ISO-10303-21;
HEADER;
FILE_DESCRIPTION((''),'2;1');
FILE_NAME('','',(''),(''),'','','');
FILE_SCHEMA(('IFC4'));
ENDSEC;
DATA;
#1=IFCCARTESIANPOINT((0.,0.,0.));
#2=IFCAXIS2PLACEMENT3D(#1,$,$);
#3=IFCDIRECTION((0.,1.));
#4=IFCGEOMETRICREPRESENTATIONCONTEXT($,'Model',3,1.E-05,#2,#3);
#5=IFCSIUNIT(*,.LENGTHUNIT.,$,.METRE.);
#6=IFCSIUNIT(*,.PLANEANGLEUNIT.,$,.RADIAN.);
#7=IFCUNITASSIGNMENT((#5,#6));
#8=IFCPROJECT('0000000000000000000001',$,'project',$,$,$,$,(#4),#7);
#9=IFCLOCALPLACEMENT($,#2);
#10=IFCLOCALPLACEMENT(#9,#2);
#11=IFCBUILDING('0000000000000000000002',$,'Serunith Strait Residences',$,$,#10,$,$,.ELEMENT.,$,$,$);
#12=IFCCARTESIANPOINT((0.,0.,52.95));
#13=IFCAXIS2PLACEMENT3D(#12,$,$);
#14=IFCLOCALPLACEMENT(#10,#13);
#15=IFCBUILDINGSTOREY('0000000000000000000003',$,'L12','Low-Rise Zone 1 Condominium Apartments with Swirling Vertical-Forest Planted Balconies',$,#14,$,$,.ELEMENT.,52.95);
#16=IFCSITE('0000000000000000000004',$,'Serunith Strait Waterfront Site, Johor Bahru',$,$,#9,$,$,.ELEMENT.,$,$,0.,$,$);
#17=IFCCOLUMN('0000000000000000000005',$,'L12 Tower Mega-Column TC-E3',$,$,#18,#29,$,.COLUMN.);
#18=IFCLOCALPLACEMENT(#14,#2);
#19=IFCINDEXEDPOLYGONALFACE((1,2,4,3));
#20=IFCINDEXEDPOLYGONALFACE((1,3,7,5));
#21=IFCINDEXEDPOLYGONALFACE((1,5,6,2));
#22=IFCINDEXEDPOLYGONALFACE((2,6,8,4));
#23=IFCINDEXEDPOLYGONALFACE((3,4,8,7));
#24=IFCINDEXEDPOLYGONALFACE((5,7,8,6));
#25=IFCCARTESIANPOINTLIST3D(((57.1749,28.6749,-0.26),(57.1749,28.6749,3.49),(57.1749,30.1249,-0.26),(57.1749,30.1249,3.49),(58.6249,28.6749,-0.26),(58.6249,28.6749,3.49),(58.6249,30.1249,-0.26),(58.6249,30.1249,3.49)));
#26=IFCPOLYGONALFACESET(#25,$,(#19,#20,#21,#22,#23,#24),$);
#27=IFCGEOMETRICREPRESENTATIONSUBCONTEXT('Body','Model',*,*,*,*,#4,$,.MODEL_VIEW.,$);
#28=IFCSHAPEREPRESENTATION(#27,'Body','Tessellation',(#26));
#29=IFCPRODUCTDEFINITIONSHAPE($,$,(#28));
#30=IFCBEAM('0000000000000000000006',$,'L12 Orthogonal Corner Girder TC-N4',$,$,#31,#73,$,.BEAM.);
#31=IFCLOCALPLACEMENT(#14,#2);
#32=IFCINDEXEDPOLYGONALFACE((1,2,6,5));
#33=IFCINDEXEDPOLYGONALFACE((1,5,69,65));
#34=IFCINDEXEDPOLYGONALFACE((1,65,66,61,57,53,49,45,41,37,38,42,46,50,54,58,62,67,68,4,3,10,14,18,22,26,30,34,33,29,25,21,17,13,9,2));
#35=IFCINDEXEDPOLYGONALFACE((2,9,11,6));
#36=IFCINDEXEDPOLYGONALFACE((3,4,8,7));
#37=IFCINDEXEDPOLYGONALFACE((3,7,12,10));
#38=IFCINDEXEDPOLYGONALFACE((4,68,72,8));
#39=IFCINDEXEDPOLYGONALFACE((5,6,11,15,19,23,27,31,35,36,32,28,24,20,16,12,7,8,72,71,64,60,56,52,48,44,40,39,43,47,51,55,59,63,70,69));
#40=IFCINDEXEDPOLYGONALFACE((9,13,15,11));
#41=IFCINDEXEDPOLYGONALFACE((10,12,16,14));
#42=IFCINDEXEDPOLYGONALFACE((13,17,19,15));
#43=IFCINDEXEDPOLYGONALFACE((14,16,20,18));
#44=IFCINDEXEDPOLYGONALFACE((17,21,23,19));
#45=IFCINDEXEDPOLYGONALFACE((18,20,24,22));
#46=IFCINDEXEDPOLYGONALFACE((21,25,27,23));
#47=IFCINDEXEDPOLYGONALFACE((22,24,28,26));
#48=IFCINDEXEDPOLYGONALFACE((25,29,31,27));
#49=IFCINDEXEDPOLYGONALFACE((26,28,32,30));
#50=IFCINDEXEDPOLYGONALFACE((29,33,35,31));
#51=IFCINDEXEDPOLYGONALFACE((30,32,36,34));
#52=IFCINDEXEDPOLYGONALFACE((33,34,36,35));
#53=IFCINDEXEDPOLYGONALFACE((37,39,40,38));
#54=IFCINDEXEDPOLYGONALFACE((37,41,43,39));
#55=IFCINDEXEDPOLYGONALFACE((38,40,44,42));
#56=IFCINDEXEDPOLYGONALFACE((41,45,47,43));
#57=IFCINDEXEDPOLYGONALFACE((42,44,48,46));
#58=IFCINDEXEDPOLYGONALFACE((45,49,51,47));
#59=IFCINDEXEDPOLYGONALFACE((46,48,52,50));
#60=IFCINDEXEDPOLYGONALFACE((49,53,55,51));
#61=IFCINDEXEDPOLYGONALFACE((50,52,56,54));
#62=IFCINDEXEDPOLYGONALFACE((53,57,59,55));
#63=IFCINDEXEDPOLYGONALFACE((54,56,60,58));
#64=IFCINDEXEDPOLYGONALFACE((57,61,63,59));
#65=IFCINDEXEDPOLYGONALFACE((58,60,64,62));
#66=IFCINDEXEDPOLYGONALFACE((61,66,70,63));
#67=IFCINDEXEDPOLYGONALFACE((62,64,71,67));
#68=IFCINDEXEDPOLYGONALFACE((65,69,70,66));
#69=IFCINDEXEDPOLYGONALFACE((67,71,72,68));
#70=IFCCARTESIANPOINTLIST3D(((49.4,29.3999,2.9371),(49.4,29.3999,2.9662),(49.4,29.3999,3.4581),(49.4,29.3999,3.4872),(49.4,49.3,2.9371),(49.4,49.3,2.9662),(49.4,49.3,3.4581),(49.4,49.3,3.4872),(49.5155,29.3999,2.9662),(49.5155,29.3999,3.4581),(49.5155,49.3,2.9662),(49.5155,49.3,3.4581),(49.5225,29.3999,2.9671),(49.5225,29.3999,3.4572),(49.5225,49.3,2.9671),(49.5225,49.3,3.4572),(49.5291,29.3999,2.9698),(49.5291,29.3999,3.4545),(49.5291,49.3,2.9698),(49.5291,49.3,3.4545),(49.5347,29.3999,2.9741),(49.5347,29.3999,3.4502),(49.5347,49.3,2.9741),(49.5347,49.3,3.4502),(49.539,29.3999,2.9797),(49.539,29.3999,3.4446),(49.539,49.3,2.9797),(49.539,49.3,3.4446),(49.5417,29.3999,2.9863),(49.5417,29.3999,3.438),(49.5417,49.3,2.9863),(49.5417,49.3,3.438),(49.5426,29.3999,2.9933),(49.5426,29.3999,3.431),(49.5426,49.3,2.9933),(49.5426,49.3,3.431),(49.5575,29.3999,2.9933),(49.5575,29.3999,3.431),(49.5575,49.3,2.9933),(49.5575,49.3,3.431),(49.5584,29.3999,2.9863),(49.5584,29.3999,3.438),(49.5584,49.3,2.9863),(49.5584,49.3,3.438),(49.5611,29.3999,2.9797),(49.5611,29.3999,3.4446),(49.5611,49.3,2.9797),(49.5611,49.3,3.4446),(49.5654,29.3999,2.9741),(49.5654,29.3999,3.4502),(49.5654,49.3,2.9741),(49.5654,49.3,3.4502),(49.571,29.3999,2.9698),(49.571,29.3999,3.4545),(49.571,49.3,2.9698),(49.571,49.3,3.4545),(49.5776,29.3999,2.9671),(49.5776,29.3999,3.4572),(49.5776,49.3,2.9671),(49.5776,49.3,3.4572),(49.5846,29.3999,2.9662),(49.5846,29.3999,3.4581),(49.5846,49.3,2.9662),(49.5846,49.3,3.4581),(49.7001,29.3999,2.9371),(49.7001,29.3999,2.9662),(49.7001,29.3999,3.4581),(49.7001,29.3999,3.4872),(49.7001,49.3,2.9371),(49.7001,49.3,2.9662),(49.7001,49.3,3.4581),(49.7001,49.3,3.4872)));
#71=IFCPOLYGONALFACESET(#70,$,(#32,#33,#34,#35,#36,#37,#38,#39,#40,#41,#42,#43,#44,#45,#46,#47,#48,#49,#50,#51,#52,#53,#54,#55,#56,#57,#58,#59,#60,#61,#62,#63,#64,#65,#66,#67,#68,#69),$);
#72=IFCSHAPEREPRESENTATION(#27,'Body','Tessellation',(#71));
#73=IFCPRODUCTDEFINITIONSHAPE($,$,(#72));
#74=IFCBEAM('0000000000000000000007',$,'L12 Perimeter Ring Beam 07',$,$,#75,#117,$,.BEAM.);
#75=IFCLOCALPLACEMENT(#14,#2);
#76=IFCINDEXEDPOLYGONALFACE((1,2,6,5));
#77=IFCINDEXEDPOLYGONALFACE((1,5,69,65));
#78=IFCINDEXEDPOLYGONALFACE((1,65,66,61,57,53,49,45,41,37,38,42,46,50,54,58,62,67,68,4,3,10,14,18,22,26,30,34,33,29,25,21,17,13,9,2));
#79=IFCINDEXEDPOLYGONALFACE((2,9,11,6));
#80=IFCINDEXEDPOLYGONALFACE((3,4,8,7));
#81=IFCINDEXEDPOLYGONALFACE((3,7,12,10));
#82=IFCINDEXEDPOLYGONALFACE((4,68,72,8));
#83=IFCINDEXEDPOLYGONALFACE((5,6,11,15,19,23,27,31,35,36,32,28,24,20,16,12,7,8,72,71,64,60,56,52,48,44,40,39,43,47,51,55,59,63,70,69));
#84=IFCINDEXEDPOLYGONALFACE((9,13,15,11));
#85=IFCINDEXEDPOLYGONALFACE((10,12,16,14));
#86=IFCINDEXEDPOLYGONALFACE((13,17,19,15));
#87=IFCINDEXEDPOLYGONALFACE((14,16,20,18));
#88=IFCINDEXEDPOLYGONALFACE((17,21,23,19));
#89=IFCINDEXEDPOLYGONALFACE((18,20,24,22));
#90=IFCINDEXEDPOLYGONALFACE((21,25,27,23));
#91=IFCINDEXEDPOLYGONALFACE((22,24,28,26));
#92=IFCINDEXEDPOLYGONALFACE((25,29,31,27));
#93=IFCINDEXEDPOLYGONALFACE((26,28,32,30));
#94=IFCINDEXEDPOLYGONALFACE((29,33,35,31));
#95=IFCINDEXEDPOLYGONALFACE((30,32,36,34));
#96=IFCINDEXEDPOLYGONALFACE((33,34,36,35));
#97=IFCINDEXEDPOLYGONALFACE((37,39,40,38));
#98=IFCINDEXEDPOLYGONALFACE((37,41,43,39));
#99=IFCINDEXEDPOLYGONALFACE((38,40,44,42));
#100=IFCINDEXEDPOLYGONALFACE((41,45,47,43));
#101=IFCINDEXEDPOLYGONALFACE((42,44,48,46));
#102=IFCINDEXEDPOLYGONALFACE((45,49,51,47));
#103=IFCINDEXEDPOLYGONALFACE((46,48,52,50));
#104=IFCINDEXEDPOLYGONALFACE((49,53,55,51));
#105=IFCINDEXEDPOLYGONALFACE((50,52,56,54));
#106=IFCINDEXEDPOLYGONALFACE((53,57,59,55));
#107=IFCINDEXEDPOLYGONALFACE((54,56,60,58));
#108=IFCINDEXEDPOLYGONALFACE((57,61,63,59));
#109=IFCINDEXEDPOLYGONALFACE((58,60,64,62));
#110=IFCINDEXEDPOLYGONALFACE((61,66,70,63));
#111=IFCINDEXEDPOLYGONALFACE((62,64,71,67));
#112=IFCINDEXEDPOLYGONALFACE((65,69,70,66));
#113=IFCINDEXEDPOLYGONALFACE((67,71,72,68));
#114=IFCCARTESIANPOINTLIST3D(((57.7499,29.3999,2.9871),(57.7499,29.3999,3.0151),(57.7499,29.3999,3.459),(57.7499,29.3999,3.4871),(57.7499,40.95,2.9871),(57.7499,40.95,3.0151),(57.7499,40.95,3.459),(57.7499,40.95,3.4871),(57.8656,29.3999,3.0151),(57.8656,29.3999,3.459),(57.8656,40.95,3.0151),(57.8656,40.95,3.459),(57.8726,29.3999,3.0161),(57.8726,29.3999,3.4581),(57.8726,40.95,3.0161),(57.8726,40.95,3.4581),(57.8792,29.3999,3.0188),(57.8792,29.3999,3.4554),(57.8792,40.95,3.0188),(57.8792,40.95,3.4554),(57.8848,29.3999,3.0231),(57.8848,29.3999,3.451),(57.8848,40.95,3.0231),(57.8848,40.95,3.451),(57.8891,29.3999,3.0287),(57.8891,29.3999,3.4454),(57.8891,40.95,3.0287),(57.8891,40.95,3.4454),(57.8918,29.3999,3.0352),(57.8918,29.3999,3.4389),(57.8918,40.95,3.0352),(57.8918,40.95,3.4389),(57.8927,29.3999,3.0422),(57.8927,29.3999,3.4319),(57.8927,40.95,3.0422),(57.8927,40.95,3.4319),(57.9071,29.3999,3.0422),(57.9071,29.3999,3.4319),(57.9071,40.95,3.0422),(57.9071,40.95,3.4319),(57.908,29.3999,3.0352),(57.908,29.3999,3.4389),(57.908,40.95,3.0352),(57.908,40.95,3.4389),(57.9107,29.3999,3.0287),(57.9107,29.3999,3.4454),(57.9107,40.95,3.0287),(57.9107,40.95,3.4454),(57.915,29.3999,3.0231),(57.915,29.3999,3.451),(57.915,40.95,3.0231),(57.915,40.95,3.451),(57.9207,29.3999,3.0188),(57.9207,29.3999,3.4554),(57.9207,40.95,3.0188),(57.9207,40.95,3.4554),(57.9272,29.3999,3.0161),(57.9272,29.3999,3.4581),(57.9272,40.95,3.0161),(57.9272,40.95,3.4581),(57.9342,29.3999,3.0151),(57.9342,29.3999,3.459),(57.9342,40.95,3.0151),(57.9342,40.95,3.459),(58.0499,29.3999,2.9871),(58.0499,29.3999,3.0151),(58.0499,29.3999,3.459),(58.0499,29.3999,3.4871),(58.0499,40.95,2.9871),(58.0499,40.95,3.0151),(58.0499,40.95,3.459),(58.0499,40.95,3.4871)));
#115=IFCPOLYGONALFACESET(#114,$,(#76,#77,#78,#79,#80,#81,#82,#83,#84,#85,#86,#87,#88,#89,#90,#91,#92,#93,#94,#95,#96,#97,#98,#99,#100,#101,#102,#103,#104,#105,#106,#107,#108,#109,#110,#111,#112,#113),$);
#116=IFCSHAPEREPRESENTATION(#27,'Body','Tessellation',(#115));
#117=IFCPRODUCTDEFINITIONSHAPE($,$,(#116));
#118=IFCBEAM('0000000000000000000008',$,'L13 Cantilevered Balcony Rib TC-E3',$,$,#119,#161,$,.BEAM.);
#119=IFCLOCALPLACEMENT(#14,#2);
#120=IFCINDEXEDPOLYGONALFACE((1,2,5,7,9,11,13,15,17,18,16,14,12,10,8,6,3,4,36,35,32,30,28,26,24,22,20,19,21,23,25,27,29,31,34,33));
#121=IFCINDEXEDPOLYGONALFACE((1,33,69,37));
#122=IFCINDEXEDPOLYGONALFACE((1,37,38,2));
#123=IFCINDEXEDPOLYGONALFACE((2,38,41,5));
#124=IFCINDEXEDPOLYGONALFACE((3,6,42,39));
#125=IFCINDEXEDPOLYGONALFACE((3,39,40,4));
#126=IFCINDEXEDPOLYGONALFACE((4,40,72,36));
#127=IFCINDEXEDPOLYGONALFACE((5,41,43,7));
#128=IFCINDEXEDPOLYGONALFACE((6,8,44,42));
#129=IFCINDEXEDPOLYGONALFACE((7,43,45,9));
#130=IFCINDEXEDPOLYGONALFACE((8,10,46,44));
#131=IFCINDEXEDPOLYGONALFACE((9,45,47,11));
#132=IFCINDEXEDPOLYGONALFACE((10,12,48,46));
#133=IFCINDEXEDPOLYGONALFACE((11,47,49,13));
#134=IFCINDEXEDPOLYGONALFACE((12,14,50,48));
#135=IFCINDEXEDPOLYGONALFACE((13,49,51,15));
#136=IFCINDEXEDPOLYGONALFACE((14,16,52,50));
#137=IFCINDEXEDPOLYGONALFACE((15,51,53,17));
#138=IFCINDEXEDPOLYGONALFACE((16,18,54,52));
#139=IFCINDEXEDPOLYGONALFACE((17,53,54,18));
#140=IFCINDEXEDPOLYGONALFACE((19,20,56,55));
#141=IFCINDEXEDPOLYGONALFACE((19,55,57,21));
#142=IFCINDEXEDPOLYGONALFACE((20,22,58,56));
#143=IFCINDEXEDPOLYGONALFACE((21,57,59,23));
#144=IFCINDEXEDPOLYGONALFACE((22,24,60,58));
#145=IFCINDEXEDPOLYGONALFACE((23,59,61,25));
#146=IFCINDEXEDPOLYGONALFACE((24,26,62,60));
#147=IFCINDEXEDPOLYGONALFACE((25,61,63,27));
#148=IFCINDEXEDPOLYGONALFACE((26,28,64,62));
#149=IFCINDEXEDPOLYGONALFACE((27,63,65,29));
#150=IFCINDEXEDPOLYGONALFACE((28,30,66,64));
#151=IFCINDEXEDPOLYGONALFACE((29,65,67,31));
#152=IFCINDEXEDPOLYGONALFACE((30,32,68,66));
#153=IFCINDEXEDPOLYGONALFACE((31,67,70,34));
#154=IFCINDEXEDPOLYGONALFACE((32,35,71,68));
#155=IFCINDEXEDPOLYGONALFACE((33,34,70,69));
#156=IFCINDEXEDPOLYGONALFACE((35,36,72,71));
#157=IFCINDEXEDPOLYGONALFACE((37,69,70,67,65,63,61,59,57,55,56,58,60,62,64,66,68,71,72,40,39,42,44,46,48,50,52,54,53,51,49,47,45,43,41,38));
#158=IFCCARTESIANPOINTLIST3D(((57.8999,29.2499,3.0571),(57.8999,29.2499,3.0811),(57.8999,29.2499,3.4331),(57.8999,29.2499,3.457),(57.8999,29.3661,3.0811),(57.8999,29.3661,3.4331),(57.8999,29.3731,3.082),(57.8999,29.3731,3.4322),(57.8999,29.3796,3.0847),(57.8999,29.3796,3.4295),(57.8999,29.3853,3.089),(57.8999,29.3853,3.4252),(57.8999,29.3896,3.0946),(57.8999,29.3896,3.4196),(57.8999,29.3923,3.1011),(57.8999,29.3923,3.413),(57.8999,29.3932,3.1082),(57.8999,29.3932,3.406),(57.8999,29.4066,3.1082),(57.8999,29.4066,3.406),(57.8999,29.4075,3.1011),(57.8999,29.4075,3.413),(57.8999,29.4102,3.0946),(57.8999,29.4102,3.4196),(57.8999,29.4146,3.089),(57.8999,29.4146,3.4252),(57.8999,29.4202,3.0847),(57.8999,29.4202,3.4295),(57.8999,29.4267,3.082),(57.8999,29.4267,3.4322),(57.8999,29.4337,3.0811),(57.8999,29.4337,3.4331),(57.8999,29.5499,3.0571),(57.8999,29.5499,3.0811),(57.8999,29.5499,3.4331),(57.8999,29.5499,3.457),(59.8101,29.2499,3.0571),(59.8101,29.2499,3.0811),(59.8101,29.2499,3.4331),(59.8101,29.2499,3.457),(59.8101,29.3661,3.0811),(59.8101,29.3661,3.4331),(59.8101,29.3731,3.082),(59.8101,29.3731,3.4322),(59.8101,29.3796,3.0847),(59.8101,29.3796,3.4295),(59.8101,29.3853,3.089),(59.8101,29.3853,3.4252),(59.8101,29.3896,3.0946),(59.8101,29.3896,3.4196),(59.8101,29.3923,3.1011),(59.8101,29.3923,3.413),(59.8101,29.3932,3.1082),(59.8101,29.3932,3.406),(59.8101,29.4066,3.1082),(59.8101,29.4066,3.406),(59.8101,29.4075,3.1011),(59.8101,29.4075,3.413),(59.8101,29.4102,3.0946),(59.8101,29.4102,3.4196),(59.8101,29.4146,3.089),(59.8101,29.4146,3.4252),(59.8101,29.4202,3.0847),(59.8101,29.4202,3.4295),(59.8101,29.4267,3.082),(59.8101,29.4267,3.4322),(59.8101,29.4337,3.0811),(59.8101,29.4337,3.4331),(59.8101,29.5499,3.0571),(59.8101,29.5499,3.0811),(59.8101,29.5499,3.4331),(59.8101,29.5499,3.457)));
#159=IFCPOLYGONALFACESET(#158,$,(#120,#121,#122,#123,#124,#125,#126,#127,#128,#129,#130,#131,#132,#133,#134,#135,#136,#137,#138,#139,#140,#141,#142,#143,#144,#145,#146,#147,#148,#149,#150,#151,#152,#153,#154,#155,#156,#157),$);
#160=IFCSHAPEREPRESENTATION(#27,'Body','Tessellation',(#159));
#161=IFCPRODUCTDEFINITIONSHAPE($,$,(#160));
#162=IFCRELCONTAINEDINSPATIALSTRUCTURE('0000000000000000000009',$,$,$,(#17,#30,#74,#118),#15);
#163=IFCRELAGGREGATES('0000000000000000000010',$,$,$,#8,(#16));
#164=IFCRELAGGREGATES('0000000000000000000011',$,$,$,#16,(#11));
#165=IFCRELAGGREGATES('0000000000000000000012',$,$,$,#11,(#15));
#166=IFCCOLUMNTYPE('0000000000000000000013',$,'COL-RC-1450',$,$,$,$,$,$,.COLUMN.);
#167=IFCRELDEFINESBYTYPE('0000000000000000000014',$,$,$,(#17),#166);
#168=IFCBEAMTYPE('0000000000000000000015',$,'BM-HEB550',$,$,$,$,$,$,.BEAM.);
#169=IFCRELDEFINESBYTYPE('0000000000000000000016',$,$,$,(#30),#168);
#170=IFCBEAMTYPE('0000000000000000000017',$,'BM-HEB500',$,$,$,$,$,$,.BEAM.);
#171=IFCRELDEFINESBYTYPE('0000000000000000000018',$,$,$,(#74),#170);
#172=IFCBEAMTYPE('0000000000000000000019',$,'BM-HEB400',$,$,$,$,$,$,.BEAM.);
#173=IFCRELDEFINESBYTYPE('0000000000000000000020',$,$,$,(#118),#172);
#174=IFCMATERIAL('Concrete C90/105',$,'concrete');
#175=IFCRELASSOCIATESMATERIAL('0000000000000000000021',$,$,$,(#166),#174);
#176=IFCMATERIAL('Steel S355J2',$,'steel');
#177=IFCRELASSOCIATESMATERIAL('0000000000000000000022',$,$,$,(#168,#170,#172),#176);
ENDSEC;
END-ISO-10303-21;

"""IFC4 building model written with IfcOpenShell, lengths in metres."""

from ifc_helpers import new_model, si_unit, direction, frame, origin, origin_2d, place, context, subcontext, project, spatial, rectangle, i_section, extrude, source, transform, mapped, material, material_profile, profile_set, type_object, element, save


model = new_model("IFC4")

# Units and contexts
model_context = context("Model", 3, precision=1e-05, world=origin(), true_north=direction((0.0, 1.0)))
body_context = subcontext(model_context, "Body", "Model", "MODEL_VIEW")
ifc_project = project(units=[si_unit("LENGTHUNIT", "METRE"), si_unit("PLANEANGLEUNIT", "RADIAN")], contexts=[model_context])

# Site, building, storey
site_placement = place(None, origin())
site = spatial("IfcSite", under=ifc_project, at=site_placement, Name="Serunith Strait Waterfront Site, Johor Bahru", CompositionType="ELEMENT", RefElevation=0.0)
building_placement = place(site_placement, origin())
building = spatial("IfcBuilding", under=site, at=building_placement, Name="Serunith Strait Residences", CompositionType="ELEMENT")
storey_placement = place(building_placement, frame((0.0, 0.0, 52.95)))
storey = spatial("IfcBuildingStorey", under=building, at=storey_placement, Name="L12", Description="Low-Rise Zone 1 Condominium Apartments with Swirling Vertical-Forest Planted Balconies", CompositionType="ELEMENT", Elevation=52.95)

# Column
ifc_material_1 = material(Name="Concrete C90/105", Category="concrete")
ifc_material_profile_1 = material_profile(ifc_material_1, rectangle(XDim=1.45, YDim=1.45, at=origin_2d()), Name="RC 1450x1450")
ifc_profile_set_1 = profile_set([ifc_material_profile_1], Name="Concrete C90/105")
column_type = type_object("IfcColumnType", Name="COL-RC-1450", PredefinedType="COLUMN", material=ifc_profile_set_1)
shared_shape_1 = source(origin(), body_context, "Body", "SweptSolid", [
    extrude(rectangle(XDim=1.45, YDim=1.45, at=origin_2d()), origin(), (0.0, 0.0, 1.0), 3.75),
])
column_placement = place(storey_placement, frame((57.8999, 29.3999, -0.26), z_axis=(0.0, 0.0, 1.0), x_axis=(1.0, 0.0, 0.0)))
element("IfcColumn", 1, at=column_placement, inside=storey, type_object=column_type, Name="L12 Tower Mega-Column TC-E3", PredefinedType="COLUMN", context=body_context, shape_type="MappedRepresentation", body=[
    mapped(shared_shape_1, transform((0.0, 0.0, 0.0), scale=1.0)),
])

# Beams
ifc_material_2 = material(Name="Steel S355J2", Category="steel")
ifc_material_profile_2 = material_profile(ifc_material_2, i_section(OverallWidth=0.3, OverallDepth=0.55, WebThickness=0.0149, FlangeThickness=0.0291, FilletRadius=0.0271, at=origin_2d()), Name="HEB 550")
ifc_profile_set_2 = profile_set([ifc_material_profile_2], Name="Steel S355J2")
beam_type_1 = type_object("IfcBeamType", Name="BM-HEB550", PredefinedType="BEAM", material=ifc_profile_set_2)
shared_shape_2 = source(origin(), body_context, "Body", "SweptSolid", [
    extrude(i_section(OverallWidth=0.3, OverallDepth=0.55, WebThickness=0.0149, FlangeThickness=0.0291, FilletRadius=0.0271, at=origin_2d()), origin(), (0.0, 0.0, 1.0), 19.9001),
])
beam_1_placement = place(storey_placement, frame((49.55, 29.3999, 3.2122), z_axis=(0.0, 1.0, 0.0), x_axis=(-1.0, 0.0, 0.0)))
element("IfcBeam", 2, at=beam_1_placement, inside=storey, type_object=beam_type_1, Name="L12 Orthogonal Corner Girder TC-N4", PredefinedType="BEAM", context=body_context, shape_type="MappedRepresentation", body=[
    mapped(shared_shape_2, transform((0.0, 0.0, 0.0), scale=1.0)),
])
ifc_material_profile_3 = material_profile(ifc_material_2, i_section(OverallWidth=0.3, OverallDepth=0.5, WebThickness=0.0144, FlangeThickness=0.0281, FilletRadius=0.0271, at=origin_2d()), Name="HEB 500")
ifc_profile_set_3 = profile_set([ifc_material_profile_3], Name="Steel S355J2")
beam_type_2 = type_object("IfcBeamType", Name="BM-HEB500", PredefinedType="BEAM", material=ifc_profile_set_3)
shared_shape_3 = source(origin(), body_context, "Body", "SweptSolid", [
    extrude(i_section(OverallWidth=0.3, OverallDepth=0.5, WebThickness=0.0144, FlangeThickness=0.0281, FilletRadius=0.0271, at=origin_2d()), origin(), (0.0, 0.0, 1.0), 11.55),
])
beam_2_placement = place(storey_placement, frame((57.8999, 29.3999, 3.2371), z_axis=(0.0, 1.0, 0.0), x_axis=(-1.0, 0.0, 0.0)))
element("IfcBeam", 3, at=beam_2_placement, inside=storey, type_object=beam_type_2, Name="L12 Perimeter Ring Beam 07", PredefinedType="BEAM", context=body_context, shape_type="MappedRepresentation", body=[
    mapped(shared_shape_3, transform((0.0, 0.0, 0.0), scale=1.0)),
])
ifc_material_profile_4 = material_profile(ifc_material_2, i_section(OverallWidth=0.3, OverallDepth=0.3999, WebThickness=0.0134, FlangeThickness=0.0239, FilletRadius=0.0271, at=origin_2d()), Name="HEB 400")
ifc_profile_set_4 = profile_set([ifc_material_profile_4], Name="Steel S355J2")
beam_type_3 = type_object("IfcBeamType", Name="BM-HEB400", PredefinedType="BEAM", material=ifc_profile_set_4)
shared_shape_4 = source(origin(), body_context, "Body", "SweptSolid", [
    extrude(i_section(OverallWidth=0.3, OverallDepth=0.3999, WebThickness=0.0134, FlangeThickness=0.0239, FilletRadius=0.0271, at=origin_2d()), origin(), (0.0, 0.0, 1.0), 1.9102),
])
beam_3_placement = place(storey_placement, frame((57.8999, 29.3999, 3.2571), z_axis=(1.0, 0.0, 0.0), x_axis=(0.0, 1.0, 0.0)))
element("IfcBeam", 4, at=beam_3_placement, inside=storey, type_object=beam_type_3, Name="L13 Cantilevered Balcony Rib TC-E3", PredefinedType="BEAM", context=body_context, shape_type="MappedRepresentation", body=[
    mapped(shared_shape_4, transform((0.0, 0.0, 0.0), scale=1.0)),
])

save(model, "model.ifc")
